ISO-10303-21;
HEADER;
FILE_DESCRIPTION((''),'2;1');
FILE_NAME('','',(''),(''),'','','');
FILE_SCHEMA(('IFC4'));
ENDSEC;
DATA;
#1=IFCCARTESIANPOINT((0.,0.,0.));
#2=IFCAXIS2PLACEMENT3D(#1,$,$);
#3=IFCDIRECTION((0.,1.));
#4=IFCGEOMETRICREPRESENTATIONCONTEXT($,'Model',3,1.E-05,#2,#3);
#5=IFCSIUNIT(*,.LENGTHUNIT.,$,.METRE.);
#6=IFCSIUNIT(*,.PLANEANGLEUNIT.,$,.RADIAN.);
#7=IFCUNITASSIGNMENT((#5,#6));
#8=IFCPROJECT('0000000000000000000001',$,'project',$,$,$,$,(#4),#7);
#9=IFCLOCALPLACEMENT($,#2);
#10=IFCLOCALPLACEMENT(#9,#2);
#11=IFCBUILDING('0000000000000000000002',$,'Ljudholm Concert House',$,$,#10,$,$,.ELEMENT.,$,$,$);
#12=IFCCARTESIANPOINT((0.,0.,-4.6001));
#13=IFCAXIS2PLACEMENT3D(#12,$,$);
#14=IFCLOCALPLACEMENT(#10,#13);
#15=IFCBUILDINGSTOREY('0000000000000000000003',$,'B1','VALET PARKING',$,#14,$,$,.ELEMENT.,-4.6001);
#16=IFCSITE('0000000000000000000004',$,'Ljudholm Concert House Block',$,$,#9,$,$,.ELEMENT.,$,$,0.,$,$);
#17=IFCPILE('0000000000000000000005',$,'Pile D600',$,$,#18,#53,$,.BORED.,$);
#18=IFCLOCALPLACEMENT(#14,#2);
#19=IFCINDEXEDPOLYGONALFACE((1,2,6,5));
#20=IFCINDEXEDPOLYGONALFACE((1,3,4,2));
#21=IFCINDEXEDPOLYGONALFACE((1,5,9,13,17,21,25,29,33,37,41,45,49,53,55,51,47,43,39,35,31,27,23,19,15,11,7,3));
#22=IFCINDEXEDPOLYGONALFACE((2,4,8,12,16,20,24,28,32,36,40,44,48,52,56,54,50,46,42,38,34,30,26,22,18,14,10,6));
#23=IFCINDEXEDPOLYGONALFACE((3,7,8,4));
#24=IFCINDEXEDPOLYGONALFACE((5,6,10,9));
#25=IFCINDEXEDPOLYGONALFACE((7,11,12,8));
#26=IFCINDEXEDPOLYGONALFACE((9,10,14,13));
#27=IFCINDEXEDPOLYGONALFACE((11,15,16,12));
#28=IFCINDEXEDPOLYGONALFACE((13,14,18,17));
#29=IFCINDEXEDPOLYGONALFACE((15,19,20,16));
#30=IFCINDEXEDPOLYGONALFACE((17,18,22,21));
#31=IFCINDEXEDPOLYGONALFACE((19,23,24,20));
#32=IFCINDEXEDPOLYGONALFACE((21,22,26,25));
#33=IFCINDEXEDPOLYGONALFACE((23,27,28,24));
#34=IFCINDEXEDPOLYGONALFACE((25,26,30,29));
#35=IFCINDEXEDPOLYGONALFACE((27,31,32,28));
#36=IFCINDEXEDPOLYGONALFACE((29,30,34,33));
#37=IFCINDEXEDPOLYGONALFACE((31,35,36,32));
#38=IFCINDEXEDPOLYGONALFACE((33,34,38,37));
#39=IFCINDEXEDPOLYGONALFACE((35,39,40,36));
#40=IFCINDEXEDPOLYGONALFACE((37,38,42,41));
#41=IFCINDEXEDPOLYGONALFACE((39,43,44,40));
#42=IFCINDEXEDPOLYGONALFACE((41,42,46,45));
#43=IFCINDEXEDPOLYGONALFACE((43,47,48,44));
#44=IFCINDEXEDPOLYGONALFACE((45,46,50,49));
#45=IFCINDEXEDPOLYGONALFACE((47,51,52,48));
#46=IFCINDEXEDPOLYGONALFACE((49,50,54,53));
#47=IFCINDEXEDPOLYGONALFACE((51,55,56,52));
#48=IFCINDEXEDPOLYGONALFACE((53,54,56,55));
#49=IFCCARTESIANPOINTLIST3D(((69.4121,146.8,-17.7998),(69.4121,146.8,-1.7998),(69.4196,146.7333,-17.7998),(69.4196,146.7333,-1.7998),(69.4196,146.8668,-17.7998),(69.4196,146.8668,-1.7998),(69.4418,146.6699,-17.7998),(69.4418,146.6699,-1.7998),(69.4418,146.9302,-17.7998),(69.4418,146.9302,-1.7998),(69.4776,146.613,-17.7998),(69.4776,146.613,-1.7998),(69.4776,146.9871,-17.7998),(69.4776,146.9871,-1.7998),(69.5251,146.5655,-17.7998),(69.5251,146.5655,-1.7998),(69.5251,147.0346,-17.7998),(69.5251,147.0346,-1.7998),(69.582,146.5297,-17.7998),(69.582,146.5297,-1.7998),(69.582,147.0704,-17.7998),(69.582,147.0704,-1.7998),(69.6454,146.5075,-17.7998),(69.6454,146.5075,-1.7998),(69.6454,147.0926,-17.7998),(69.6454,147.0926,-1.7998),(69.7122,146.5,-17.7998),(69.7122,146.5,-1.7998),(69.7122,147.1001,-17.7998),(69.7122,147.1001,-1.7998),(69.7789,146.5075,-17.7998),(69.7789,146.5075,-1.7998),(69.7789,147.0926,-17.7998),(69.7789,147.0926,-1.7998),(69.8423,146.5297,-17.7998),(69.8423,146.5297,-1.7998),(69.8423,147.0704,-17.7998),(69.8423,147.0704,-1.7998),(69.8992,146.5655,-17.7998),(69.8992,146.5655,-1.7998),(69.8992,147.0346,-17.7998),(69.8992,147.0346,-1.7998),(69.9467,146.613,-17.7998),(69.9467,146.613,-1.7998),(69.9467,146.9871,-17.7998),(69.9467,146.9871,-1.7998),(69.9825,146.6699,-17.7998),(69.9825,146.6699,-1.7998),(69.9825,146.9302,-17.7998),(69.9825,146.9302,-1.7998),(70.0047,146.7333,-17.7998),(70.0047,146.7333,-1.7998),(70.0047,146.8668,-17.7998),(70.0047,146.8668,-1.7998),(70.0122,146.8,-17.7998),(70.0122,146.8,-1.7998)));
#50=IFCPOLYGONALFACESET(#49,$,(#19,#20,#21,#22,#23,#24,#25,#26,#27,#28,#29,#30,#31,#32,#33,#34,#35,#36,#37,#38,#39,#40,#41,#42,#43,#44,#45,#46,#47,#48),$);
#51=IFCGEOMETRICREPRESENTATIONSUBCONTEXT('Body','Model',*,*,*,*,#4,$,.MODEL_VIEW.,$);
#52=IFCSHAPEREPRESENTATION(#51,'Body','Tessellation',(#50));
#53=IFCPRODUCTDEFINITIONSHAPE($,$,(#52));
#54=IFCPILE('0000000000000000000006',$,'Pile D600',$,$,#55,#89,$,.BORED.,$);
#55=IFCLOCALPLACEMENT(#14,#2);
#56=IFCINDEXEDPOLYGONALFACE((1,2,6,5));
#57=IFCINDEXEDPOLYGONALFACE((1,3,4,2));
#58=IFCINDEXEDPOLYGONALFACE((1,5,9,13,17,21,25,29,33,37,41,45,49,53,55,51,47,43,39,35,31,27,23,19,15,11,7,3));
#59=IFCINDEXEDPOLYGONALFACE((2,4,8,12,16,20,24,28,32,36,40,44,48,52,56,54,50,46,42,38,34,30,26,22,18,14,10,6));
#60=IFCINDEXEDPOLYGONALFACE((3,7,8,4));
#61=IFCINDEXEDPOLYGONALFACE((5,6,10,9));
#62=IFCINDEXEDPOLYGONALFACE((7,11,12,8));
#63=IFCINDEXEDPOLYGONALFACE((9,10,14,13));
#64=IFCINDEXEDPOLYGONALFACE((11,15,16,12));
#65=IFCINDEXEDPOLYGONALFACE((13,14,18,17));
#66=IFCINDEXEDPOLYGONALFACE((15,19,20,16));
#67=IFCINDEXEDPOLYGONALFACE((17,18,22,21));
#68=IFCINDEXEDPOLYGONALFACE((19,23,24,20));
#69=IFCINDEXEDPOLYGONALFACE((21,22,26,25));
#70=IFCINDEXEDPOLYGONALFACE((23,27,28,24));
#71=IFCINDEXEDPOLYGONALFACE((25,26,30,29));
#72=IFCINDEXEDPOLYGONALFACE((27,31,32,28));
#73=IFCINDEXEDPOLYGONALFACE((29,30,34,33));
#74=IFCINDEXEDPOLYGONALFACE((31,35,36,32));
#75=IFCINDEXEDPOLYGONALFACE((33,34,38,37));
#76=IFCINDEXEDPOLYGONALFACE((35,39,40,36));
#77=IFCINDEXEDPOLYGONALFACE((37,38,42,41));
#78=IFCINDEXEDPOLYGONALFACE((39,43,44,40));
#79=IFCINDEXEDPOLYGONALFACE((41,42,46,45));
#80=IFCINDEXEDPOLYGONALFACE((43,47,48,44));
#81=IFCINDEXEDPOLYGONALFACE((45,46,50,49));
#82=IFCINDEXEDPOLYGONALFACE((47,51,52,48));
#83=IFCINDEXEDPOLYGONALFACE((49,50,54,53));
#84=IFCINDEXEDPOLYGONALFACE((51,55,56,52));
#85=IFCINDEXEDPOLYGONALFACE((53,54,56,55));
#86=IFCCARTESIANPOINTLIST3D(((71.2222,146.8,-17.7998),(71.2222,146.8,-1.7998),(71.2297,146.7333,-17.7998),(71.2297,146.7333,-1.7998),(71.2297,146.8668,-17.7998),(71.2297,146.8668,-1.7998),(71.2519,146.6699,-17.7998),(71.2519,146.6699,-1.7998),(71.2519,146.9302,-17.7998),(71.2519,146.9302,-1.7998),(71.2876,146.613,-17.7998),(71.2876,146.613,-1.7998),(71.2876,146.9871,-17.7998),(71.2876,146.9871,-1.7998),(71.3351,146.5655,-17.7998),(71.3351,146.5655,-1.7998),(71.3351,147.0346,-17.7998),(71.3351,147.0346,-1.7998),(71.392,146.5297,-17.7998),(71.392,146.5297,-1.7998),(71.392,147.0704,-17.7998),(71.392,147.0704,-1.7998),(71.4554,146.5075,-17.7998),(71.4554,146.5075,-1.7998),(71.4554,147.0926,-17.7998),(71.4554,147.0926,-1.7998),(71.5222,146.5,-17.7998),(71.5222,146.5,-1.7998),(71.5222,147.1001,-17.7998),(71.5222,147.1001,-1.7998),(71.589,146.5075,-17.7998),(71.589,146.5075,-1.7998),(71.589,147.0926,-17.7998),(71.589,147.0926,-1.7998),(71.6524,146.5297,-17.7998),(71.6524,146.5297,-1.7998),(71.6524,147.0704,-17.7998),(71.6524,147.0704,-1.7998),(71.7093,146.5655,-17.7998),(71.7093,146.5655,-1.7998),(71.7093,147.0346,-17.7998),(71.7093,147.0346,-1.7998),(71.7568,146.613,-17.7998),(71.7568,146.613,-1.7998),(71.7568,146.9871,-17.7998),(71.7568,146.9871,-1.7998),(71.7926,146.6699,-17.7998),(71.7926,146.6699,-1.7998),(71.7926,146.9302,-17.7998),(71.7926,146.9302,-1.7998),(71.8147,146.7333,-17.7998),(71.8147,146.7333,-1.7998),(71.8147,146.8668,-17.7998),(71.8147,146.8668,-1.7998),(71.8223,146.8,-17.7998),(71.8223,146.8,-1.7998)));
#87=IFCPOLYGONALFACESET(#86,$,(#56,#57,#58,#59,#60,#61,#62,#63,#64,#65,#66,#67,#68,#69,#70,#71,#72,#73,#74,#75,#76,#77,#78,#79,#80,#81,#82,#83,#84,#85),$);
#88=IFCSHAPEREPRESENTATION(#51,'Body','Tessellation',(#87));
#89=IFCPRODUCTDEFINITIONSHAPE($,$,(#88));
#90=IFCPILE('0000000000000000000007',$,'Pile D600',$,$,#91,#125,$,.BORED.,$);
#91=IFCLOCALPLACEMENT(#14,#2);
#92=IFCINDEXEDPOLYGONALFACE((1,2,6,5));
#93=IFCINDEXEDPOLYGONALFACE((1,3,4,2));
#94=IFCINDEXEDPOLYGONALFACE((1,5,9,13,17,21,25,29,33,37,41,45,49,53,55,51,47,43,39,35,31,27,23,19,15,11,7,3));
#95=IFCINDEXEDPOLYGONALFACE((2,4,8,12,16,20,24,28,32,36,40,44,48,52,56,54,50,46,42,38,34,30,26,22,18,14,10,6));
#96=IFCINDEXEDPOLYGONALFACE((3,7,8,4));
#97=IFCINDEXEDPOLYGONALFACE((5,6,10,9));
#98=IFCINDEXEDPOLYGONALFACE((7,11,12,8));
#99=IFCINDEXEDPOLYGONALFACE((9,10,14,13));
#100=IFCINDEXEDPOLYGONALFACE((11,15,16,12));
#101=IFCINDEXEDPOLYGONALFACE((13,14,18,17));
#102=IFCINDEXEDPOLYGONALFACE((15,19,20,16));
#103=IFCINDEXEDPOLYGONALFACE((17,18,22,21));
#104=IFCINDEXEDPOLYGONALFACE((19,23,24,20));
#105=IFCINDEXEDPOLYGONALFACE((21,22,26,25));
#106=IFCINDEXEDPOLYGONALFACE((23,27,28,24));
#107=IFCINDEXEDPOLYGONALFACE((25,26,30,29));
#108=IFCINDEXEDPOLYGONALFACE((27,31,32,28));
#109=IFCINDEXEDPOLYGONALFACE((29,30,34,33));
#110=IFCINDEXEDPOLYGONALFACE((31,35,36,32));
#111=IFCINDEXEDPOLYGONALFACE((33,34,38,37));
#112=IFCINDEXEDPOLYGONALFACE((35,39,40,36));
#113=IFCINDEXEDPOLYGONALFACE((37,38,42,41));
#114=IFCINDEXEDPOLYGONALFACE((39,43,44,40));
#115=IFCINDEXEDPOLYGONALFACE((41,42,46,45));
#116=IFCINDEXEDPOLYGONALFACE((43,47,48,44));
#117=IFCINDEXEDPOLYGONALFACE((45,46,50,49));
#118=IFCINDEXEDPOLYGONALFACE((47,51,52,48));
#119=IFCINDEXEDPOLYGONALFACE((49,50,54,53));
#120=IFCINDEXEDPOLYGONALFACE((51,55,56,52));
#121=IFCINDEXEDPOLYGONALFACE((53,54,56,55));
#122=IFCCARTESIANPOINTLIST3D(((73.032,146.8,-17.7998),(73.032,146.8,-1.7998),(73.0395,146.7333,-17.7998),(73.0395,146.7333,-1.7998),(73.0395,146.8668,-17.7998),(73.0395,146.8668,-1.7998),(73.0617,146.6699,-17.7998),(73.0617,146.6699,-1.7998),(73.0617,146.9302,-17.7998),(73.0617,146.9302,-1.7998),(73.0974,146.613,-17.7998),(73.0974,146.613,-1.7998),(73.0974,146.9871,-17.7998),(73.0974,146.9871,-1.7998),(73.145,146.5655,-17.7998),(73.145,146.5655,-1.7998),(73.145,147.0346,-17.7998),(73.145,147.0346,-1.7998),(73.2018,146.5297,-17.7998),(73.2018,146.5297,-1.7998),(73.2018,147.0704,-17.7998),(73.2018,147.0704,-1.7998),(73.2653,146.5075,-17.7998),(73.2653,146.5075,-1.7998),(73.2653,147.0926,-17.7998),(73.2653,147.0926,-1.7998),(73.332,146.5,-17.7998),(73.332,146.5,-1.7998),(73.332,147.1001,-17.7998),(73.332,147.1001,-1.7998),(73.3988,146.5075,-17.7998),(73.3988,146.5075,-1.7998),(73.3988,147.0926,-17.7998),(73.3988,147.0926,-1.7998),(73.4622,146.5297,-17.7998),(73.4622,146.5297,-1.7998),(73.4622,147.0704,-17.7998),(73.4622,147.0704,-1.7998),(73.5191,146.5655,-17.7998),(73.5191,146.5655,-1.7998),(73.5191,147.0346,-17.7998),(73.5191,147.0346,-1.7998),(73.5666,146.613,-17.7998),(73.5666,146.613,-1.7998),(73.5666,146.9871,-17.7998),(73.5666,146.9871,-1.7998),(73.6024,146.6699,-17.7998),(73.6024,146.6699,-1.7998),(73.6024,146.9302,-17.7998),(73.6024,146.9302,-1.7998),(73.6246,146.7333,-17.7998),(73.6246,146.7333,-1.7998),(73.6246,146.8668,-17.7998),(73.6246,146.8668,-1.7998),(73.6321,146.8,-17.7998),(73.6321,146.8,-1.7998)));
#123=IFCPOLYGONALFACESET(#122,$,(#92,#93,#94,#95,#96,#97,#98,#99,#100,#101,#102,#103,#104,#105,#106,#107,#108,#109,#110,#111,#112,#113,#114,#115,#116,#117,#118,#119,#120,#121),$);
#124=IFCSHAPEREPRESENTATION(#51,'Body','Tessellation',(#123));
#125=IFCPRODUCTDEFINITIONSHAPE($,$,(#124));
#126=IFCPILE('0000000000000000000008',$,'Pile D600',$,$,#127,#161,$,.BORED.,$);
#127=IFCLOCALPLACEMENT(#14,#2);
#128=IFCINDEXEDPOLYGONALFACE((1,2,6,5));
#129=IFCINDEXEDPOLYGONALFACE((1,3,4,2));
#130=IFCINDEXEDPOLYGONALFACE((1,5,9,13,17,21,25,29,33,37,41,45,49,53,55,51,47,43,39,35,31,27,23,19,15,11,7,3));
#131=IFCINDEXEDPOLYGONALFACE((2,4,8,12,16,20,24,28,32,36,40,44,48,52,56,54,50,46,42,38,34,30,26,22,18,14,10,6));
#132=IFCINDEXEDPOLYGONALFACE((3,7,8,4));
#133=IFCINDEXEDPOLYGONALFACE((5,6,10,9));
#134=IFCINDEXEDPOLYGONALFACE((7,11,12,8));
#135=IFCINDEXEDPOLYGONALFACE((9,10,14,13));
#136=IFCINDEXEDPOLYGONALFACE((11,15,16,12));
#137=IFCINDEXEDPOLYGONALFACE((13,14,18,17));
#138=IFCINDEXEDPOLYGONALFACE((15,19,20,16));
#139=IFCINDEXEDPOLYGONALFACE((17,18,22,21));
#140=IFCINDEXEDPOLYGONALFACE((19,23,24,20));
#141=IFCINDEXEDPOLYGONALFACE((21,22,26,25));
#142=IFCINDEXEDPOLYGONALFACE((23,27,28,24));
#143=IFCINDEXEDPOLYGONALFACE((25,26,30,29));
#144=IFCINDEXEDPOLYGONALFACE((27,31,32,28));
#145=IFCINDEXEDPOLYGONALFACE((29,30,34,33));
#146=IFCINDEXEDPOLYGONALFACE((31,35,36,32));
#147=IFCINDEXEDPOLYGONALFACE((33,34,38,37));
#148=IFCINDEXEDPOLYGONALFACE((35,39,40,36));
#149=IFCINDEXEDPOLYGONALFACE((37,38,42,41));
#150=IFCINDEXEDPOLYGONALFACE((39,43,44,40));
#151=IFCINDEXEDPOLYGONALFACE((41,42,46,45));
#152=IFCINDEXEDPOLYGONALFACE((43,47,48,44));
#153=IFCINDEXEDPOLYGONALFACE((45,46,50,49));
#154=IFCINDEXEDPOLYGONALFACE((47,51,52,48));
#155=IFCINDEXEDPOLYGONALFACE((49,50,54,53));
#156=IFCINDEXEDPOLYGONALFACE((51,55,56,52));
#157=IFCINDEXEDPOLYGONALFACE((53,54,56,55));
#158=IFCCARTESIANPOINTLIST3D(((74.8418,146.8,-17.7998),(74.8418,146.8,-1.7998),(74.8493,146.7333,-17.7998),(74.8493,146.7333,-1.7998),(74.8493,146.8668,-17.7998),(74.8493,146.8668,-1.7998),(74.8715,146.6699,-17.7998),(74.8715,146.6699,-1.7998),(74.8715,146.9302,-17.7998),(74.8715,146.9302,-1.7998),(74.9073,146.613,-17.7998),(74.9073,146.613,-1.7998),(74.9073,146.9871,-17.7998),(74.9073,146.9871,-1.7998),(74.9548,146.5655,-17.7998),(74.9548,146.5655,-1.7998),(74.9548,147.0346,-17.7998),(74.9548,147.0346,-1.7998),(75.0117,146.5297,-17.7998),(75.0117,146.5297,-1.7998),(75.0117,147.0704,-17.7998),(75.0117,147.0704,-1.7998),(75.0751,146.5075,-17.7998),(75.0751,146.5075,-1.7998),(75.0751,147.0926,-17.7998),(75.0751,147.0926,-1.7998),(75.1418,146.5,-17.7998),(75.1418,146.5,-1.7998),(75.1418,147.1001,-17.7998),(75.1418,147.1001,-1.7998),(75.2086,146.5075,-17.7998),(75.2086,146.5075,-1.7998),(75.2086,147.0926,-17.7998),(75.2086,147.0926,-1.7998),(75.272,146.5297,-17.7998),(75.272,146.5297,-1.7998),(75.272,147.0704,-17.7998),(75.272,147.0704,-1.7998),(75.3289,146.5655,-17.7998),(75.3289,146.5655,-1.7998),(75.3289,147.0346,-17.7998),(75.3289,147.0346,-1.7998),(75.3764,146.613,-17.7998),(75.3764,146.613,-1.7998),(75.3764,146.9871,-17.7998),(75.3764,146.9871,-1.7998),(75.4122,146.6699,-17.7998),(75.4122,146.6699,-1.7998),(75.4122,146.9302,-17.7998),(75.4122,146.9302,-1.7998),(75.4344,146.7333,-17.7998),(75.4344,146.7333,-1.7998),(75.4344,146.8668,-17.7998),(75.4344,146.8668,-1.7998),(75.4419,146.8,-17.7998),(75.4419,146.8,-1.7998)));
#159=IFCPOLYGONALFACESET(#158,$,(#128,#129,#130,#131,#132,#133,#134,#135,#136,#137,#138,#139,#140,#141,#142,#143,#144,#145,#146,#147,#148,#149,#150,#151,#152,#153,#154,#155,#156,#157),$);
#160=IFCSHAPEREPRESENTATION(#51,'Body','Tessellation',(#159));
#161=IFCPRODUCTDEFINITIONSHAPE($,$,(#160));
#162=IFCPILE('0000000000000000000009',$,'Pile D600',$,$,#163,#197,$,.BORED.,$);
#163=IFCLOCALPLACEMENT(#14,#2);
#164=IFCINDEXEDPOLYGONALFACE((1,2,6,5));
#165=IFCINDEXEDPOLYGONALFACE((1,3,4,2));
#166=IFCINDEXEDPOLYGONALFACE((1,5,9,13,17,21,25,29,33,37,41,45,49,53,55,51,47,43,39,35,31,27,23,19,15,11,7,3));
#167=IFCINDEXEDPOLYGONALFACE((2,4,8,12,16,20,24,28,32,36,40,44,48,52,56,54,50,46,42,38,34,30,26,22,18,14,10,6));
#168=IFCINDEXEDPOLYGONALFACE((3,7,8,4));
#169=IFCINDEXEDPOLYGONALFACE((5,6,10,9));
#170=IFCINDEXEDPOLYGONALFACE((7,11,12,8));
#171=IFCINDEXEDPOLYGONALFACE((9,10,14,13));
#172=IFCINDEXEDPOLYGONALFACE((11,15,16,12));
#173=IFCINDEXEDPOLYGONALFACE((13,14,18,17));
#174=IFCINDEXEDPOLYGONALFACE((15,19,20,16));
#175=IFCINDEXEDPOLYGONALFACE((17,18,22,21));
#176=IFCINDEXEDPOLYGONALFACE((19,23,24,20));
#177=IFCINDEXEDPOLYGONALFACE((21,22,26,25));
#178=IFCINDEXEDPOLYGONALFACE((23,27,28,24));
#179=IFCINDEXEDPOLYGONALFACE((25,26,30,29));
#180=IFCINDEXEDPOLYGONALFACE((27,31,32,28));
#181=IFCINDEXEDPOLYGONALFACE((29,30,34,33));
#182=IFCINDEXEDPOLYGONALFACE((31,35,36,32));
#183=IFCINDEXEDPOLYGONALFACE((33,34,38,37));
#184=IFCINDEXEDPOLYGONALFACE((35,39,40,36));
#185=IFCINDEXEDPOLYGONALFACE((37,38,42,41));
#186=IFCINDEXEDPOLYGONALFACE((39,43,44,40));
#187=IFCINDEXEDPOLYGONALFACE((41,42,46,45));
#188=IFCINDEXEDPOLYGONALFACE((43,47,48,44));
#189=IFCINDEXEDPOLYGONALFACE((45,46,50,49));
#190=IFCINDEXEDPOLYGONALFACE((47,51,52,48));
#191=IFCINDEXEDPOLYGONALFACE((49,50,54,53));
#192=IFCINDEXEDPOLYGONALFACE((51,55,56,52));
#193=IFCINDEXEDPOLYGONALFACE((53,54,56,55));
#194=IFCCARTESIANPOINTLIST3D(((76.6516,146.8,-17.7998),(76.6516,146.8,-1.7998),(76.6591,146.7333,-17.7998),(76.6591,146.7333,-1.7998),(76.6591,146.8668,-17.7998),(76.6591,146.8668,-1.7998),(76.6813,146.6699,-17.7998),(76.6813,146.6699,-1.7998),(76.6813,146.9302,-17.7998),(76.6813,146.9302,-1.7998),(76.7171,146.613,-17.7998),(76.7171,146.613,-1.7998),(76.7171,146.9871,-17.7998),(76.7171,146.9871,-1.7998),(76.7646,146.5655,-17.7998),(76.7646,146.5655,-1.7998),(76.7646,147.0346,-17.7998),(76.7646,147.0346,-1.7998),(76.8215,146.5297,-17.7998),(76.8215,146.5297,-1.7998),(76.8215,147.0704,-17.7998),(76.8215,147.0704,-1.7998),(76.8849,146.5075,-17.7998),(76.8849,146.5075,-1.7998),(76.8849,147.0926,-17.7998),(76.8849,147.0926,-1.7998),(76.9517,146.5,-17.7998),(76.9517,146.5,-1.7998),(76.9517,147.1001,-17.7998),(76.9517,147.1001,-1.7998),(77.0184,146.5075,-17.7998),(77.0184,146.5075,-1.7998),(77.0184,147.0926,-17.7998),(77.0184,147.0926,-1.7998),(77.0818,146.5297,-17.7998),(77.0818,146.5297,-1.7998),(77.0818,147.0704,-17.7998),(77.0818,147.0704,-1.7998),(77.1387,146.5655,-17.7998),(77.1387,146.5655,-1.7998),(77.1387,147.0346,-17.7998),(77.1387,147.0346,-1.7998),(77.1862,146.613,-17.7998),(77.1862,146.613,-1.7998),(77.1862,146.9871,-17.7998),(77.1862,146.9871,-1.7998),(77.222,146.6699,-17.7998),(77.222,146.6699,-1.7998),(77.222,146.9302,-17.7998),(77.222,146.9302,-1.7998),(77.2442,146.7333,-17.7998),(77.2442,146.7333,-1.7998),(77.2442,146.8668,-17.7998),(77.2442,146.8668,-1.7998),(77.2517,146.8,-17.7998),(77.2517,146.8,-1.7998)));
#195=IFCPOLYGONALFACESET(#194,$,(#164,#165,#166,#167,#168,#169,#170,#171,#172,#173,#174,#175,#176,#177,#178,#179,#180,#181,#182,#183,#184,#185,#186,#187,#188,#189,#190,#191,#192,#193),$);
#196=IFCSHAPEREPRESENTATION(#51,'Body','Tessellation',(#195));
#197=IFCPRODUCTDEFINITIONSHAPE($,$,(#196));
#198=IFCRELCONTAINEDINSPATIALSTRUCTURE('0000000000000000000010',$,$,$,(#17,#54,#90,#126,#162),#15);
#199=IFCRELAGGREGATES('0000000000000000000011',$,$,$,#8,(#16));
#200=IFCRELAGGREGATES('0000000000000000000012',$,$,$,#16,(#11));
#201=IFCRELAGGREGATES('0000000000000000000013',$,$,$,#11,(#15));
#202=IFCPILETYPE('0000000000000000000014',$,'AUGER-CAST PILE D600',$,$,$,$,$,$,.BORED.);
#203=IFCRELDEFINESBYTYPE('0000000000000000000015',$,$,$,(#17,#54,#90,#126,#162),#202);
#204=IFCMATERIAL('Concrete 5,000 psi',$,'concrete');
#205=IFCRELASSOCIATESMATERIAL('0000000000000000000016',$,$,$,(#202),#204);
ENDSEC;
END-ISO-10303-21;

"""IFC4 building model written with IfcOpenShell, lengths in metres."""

from ifc_helpers import new_model, si_unit, direction, frame, origin, origin_2d, place, context, subcontext, project, spatial, circle, extrude, material, material_profile, profile_set, type_object, element, save


model = new_model("IFC4")

# Units and contexts
model_context = context("Model", 3, precision=1e-05, world=origin(), true_north=direction((0.0, 1.0)))
body_context = subcontext(model_context, "Body", "Model", "MODEL_VIEW")
ifc_project = project(units=[si_unit("LENGTHUNIT", "METRE"), si_unit("PLANEANGLEUNIT", "RADIAN")], contexts=[model_context])

# Site, building, storey
site_placement = place(None, origin())
site = spatial("IfcSite", under=ifc_project, at=site_placement, Name="Ljudholm Concert House Block", CompositionType="ELEMENT", RefElevation=0.0)
building_placement = place(site_placement, origin())
building = spatial("IfcBuilding", under=site, at=building_placement, Name="Ljudholm Concert House", CompositionType="ELEMENT")
storey_placement = place(building_placement, frame((0.0, 0.0, -4.6001)))
storey = spatial("IfcBuildingStorey", under=building, at=storey_placement, Name="B1", Description="VALET PARKING", CompositionType="ELEMENT", Elevation=-4.6001)

# Piles
ifc_material_1 = material(Name="Concrete 5,000 psi", Category="concrete")
ifc_material_profile_1 = material_profile(ifc_material_1, circle(Radius=0.3, at=origin_2d()), Name="AUGER-CAST PILE D600")
ifc_profile_set_1 = profile_set([ifc_material_profile_1], Name="Concrete 5,000 psi")
pile_type = type_object("IfcPileType", Name="AUGER-CAST PILE D600", PredefinedType="BORED", material=ifc_profile_set_1)
for number, where, z_axis, x_axis, name in (
    (1, (69.7122, 146.8, -1.7998), (0.0, 0.0, -1.0), (1.0, 0.0, 0.0), "Pile D600"),
    (2, (71.5222, 146.8, -1.7998), (0.0, 0.0, -1.0), (1.0, 0.0, 0.0), "Pile D600"),
    (3, (73.332, 146.8, -1.7998), (0.0, 0.0, -1.0), (1.0, 0.0, 0.0), "Pile D600"),
    (4, (75.1418, 146.8, -1.7998), (0.0, 0.0, -1.0), (1.0, 0.0, 0.0), "Pile D600"),
    (5, (76.9517, 146.8, -1.7998), (0.0, 0.0, -1.0), (1.0, 0.0, 0.0), "Pile D600"),
):
    element("IfcPile", number, at=place(storey_placement, frame(where, z_axis=z_axis, x_axis=x_axis)), inside=storey, type_object=pile_type, Name=name, PredefinedType="BORED", context=body_context, shape_type="SweptSolid", body=[
        extrude(circle(Radius=0.3, at=origin_2d()), origin(), (0.0, 0.0, 1.0), 16.0),
    ])

save(model, "model.ifc")
